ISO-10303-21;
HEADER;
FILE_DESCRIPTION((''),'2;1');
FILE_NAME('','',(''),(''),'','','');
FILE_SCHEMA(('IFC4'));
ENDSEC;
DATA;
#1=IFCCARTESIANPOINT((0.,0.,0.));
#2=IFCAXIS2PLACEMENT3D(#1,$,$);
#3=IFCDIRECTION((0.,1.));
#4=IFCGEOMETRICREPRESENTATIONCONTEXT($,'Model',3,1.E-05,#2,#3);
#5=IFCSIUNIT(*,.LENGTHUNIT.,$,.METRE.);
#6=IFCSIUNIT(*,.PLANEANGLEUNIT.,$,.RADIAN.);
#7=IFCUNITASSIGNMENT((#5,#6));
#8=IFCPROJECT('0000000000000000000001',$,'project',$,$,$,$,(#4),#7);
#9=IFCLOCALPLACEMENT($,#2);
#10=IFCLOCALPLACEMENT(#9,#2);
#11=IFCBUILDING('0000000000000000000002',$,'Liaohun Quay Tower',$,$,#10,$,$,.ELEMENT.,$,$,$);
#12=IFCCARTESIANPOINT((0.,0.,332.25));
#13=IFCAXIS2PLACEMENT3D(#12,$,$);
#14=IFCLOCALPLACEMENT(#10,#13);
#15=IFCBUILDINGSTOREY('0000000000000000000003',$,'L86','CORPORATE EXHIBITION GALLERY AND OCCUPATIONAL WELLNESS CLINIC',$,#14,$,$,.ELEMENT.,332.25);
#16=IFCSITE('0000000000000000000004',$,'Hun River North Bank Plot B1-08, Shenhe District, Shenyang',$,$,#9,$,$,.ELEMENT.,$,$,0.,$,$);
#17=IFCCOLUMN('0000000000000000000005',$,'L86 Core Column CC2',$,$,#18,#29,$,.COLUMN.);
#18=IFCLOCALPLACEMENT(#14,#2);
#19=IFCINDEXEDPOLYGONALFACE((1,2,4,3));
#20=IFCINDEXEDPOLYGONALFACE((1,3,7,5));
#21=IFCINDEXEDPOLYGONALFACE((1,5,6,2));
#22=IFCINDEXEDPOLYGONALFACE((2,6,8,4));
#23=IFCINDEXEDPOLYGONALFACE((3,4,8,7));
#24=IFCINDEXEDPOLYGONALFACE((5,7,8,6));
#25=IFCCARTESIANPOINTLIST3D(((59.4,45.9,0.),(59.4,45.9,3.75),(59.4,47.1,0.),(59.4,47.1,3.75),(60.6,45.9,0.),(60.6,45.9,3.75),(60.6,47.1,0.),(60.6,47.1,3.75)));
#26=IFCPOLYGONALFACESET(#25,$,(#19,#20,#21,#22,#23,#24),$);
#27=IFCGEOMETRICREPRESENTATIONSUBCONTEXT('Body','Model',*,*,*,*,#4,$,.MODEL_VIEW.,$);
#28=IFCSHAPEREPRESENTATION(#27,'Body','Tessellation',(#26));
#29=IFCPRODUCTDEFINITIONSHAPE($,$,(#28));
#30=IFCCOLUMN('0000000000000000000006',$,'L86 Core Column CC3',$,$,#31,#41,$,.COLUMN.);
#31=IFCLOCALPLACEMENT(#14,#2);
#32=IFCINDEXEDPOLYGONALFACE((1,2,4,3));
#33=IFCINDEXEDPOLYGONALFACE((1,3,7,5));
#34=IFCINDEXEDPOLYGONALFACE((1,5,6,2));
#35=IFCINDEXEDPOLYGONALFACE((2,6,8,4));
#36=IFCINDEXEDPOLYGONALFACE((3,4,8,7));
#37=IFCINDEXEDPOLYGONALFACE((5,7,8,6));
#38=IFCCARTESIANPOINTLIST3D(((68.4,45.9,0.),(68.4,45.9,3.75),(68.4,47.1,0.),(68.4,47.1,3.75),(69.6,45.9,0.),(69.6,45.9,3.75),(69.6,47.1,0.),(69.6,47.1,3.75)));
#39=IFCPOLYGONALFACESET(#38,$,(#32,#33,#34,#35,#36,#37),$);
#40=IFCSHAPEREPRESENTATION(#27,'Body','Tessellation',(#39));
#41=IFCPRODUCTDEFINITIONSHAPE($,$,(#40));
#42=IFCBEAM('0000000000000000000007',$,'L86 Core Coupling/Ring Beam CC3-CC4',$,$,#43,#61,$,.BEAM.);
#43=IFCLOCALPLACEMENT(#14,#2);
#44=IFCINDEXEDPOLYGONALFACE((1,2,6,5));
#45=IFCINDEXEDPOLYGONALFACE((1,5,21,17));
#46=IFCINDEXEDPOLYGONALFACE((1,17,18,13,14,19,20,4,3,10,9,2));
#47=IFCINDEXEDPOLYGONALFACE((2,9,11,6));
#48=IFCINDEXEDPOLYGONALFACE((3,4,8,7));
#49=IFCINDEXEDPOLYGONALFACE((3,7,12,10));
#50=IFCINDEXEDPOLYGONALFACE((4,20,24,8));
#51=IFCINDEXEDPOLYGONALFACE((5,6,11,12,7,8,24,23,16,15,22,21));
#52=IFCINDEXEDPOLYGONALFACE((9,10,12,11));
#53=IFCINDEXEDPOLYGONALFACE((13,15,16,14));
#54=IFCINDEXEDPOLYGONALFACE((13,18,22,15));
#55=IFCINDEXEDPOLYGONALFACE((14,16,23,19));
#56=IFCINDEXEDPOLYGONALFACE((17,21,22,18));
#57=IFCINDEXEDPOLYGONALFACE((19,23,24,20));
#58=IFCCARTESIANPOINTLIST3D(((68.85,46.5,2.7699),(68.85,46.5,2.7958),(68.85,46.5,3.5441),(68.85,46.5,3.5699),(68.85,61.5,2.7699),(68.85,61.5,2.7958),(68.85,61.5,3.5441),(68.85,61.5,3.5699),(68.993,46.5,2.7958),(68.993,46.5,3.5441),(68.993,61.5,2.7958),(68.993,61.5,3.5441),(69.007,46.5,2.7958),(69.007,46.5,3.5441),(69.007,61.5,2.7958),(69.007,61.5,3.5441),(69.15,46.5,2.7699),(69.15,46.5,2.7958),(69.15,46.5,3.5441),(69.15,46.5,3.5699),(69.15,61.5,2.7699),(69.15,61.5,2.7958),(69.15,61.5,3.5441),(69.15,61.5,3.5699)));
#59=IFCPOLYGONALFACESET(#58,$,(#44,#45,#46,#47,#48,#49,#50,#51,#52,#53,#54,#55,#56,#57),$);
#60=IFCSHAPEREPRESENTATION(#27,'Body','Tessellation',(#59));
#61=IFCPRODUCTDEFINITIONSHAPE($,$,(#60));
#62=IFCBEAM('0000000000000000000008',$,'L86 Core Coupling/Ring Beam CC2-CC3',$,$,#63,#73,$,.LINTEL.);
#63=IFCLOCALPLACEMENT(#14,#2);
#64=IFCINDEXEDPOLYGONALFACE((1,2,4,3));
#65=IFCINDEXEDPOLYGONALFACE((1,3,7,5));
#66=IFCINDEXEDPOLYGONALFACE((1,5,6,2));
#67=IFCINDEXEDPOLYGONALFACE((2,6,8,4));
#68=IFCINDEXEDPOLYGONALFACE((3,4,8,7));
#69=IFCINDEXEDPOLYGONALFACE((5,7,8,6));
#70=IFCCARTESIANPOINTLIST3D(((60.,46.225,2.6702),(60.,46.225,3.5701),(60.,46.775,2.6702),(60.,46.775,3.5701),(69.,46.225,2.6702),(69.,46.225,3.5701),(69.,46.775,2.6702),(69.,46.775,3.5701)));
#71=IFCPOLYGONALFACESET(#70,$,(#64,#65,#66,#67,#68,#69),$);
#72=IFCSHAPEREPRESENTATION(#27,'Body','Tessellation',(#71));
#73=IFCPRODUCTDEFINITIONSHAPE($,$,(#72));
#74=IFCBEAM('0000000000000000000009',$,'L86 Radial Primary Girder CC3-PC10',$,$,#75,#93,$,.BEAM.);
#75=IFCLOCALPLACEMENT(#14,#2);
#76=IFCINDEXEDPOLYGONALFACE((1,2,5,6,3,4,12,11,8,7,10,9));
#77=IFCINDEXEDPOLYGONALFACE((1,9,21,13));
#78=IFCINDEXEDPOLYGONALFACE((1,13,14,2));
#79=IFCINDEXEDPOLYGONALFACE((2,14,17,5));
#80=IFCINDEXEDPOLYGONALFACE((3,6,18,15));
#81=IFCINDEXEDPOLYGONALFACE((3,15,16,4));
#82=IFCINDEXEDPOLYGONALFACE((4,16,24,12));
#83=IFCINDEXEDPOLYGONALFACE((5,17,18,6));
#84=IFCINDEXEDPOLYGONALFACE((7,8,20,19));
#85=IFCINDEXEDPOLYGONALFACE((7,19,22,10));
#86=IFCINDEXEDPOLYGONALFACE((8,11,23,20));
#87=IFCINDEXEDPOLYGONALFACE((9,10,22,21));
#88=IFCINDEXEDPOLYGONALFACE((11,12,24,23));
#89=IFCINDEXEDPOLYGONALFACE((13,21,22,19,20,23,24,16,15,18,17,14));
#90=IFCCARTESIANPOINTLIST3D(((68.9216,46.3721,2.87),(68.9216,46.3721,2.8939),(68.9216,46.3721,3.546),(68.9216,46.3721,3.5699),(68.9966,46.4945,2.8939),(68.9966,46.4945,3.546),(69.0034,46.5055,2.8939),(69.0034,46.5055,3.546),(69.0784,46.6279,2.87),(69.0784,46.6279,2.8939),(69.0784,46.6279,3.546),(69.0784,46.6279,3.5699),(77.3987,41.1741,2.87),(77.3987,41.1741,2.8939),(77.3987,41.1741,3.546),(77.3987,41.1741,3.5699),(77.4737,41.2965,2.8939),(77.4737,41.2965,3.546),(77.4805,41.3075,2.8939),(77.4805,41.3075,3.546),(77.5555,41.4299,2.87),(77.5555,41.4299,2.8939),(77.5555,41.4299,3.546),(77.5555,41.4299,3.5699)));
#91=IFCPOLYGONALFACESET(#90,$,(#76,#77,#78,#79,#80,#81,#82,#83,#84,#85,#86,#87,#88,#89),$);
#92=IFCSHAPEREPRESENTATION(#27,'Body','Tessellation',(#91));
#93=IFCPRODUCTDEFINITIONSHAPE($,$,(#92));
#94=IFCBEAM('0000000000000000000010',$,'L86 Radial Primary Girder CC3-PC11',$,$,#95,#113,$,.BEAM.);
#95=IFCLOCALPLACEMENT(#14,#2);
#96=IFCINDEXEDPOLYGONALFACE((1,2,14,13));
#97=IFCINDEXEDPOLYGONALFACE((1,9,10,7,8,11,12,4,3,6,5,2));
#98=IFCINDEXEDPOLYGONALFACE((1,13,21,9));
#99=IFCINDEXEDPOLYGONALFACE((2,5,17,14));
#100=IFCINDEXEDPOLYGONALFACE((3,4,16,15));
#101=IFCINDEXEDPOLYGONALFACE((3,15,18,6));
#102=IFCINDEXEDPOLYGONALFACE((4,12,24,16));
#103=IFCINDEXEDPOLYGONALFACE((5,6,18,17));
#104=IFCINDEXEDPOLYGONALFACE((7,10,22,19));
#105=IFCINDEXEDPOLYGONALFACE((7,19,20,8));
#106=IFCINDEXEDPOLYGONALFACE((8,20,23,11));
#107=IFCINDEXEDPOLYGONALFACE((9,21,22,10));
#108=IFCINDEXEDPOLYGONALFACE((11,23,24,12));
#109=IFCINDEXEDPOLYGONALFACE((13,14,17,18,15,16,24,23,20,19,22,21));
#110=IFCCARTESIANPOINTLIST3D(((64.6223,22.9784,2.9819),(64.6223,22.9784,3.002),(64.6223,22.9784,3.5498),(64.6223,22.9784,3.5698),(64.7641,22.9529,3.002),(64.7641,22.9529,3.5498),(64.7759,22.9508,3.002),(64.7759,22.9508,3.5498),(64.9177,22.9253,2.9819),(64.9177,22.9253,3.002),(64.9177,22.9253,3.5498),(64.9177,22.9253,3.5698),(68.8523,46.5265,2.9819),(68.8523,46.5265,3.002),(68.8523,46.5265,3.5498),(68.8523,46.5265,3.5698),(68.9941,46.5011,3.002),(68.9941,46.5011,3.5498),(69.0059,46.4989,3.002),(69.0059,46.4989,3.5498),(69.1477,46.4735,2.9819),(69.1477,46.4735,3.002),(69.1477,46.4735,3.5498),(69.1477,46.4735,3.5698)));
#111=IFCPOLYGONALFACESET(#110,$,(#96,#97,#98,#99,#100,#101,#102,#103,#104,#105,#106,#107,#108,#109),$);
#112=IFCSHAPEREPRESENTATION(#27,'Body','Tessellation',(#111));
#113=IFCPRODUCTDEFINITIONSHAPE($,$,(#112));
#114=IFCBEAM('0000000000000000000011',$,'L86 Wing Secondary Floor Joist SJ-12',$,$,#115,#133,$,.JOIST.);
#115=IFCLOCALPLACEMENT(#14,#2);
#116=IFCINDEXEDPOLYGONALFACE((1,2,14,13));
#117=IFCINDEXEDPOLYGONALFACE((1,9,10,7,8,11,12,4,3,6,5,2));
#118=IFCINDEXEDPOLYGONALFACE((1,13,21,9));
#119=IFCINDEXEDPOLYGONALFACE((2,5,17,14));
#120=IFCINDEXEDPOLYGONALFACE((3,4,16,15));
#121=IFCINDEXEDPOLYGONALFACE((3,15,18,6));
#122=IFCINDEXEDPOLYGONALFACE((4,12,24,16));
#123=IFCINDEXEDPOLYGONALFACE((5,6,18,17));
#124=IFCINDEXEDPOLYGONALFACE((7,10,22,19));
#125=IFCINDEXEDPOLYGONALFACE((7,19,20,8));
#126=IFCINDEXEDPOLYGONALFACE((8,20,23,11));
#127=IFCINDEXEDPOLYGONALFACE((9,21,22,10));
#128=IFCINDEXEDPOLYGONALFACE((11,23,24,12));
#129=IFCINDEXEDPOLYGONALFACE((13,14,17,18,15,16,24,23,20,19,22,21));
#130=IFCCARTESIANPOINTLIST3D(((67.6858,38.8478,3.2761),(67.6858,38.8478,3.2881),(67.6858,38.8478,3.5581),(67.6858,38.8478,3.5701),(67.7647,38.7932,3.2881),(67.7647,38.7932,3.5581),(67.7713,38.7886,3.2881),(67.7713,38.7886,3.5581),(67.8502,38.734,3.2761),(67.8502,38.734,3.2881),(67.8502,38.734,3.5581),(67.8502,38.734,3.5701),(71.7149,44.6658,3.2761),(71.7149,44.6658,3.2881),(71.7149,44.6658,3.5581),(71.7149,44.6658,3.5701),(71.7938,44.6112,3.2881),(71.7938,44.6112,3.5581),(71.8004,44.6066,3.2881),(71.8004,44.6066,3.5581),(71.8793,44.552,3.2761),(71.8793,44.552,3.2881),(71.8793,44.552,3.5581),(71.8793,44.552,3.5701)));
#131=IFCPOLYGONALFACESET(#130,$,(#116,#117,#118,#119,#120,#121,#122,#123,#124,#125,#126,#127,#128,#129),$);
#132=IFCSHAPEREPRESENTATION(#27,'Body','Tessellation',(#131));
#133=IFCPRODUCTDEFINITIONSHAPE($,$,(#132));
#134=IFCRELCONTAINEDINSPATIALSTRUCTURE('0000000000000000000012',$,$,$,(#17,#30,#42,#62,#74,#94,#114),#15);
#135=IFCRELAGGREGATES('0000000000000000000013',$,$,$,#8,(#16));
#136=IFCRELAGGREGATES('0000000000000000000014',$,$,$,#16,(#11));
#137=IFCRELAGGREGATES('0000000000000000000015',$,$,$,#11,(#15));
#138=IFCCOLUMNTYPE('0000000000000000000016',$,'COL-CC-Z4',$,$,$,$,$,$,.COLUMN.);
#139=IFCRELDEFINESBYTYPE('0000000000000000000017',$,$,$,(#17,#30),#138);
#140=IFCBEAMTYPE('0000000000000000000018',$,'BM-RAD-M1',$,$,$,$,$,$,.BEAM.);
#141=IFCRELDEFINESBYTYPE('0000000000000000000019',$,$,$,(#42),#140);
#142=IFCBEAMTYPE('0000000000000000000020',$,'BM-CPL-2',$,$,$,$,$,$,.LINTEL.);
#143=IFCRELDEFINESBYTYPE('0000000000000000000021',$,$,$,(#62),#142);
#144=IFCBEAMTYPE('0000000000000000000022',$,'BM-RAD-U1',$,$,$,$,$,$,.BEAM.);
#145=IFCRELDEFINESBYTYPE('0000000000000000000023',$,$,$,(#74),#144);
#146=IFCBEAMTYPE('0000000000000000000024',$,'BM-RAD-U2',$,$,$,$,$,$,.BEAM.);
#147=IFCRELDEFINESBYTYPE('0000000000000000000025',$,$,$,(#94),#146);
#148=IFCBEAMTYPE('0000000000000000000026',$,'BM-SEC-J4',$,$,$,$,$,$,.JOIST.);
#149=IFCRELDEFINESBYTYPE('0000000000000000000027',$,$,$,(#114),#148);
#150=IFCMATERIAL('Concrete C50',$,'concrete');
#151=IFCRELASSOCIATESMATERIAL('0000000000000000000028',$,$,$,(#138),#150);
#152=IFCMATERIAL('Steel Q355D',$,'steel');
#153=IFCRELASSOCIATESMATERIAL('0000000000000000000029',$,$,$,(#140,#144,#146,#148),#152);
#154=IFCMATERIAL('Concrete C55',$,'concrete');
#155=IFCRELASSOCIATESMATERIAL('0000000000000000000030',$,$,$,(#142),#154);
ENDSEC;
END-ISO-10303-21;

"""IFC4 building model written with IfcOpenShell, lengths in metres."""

from ifc_helpers import new_model, si_unit, direction, frame, origin, origin_2d, place, context, subcontext, project, spatial, rectangle, i_section, extrude, source, transform, mapped, material, material_profile, profile_set, type_object, element, save


model = new_model("IFC4")

# Units and contexts
model_context = context("Model", 3, precision=1e-05, world=origin(), true_north=direction((0.0, 1.0)))
body_context = subcontext(model_context, "Body", "Model", "MODEL_VIEW")
ifc_project = project(units=[si_unit("LENGTHUNIT", "METRE"), si_unit("PLANEANGLEUNIT", "RADIAN")], contexts=[model_context])

# Site, building, storey
site_placement = place(None, origin())
site = spatial("IfcSite", under=ifc_project, at=site_placement, Name="Hun River North Bank Plot B1-08, Shenhe District, Shenyang", CompositionType="ELEMENT", RefElevation=0.0)
building_placement = place(site_placement, origin())
building = spatial("IfcBuilding", under=site, at=building_placement, Name="Liaohun Quay Tower", CompositionType="ELEMENT")
storey_placement = place(building_placement, frame((0.0, 0.0, 332.25)))
storey = spatial("IfcBuildingStorey", under=building, at=storey_placement, Name="L86", Description="CORPORATE EXHIBITION GALLERY AND OCCUPATIONAL WELLNESS CLINIC", CompositionType="ELEMENT", Elevation=332.25)

# Columns
ifc_material_1 = material(Name="Concrete C50", Category="concrete")
ifc_material_profile_1 = material_profile(ifc_material_1, rectangle(XDim=1.2, YDim=1.2, at=origin_2d()), Name="RC1200x1200")
ifc_profile_set_1 = profile_set([ifc_material_profile_1], Name="Concrete C50")
column_type = type_object("IfcColumnType", Name="COL-CC-Z4", PredefinedType="COLUMN", material=ifc_profile_set_1)
shared_shape_1 = source(origin(), body_context, "Body", "SweptSolid", [
    extrude(rectangle(XDim=1.2, YDim=1.2, at=origin_2d()), origin(), (0.0, 0.0, 1.0), 3.75),
])
for number, where, z_axis, x_axis, name in (
    (1, (60.0, 46.5, 0.0), (0.0, 0.0, 1.0), (1.0, 0.0, 0.0), "L86 Core Column CC2"),
    (2, (69.0, 46.5, 0.0), (0.0, 0.0, 1.0), (1.0, 0.0, 0.0), "L86 Core Column CC3"),
):
    element("IfcColumn", number, at=place(storey_placement, frame(where, z_axis=z_axis, x_axis=x_axis)), inside=storey, type_object=column_type, Name=name, PredefinedType="COLUMN", context=body_context, shape_type="MappedRepresentation", body=[
        mapped(shared_shape_1, transform((0.0, 0.0, 0.0), x_axis=(1.0, 0.0, 0.0), y_axis=(0.0, 1.0, 0.0), z_axis=(0.0, 0.0, 1.0), scale=1.0)),
    ])

# Beams
ifc_material_2 = material(Name="Steel Q355D", Category="steel")
ifc_material_profile_2 = material_profile(ifc_material_2, i_section(OverallWidth=0.3, OverallDepth=0.8, WebThickness=0.0139, FlangeThickness=0.0259, at=origin_2d()), Name="HN800x300x14x26")
ifc_profile_set_2 = profile_set([ifc_material_profile_2], Name="Steel Q355D")
beam_type_1 = type_object("IfcBeamType", Name="BM-RAD-M1", PredefinedType="BEAM", material=ifc_profile_set_2)
shared_shape_2 = source(origin(), body_context, "Body", "SweptSolid", [
    extrude(i_section(OverallWidth=0.3, OverallDepth=0.8, WebThickness=0.0139, FlangeThickness=0.0259, at=origin_2d()), origin(), (0.0, 0.0, 1.0), 15.0),
])
beam_1_placement = place(storey_placement, frame((69.0, 46.5, 3.1699), z_axis=(0.0, 1.0, 0.0), x_axis=(-1.0, 0.0, 0.0)))
element("IfcBeam", 3, at=beam_1_placement, inside=storey, type_object=beam_type_1, Name="L86 Core Coupling/Ring Beam CC3-CC4", PredefinedType="BEAM", context=body_context, shape_type="MappedRepresentation", body=[
    mapped(shared_shape_2, transform((0.0, 0.0, 0.0), x_axis=(1.0, 0.0, 0.0), y_axis=(0.0, 1.0, 0.0), z_axis=(0.0, 0.0, 1.0), scale=1.0)),
])
ifc_material_3 = material(Name="Concrete C55", Category="concrete")
ifc_material_profile_3 = material_profile(ifc_material_3, rectangle(XDim=0.55, YDim=0.8999, at=origin_2d()), Name="RC550x900")
ifc_profile_set_3 = profile_set([ifc_material_profile_3], Name="Concrete C55")
beam_type_2 = type_object("IfcBeamType", Name="BM-CPL-2", PredefinedType="LINTEL", material=ifc_profile_set_3)
shared_shape_3 = source(origin(), body_context, "Body", "SweptSolid", [
    extrude(rectangle(XDim=0.55, YDim=0.8999, at=origin_2d()), origin(), (0.0, 0.0, 1.0), 9.0),
])
beam_2_placement = place(storey_placement, frame((60.0, 46.5, 3.1201), z_axis=(1.0, 0.0, 0.0), x_axis=(0.0, 1.0, 0.0)))
element("IfcBeam", 4, at=beam_2_placement, inside=storey, type_object=beam_type_2, Name="L86 Core Coupling/Ring Beam CC2-CC3", PredefinedType="LINTEL", context=body_context, shape_type="MappedRepresentation", body=[
    mapped(shared_shape_3, transform((0.0, 0.0, 0.0), x_axis=(1.0, 0.0, 0.0), y_axis=(0.0, 1.0, 0.0), z_axis=(0.0, 0.0, 1.0), scale=1.0)),
])
ifc_material_profile_4 = material_profile(ifc_material_2, i_section(OverallWidth=0.3, OverallDepth=0.7, WebThickness=0.0129, FlangeThickness=0.0239, at=origin_2d()), Name="HN700x300x13x24")
ifc_profile_set_4 = profile_set([ifc_material_profile_4], Name="Steel Q355D")
beam_type_3 = type_object("IfcBeamType", Name="BM-RAD-U1", PredefinedType="BEAM", material=ifc_profile_set_4)
shared_shape_4 = source(origin(), body_context, "Body", "SweptSolid", [
    extrude(i_section(OverallWidth=0.3, OverallDepth=0.7, WebThickness=0.0129, FlangeThickness=0.0239, at=origin_2d()), origin(), (0.0, 0.0, 1.0), 9.9438),
])
beam_3_placement = place(storey_placement, frame((69.0, 46.5, 3.22), z_axis=(0.852494, -0.522736, 0.0), x_axis=(0.522736, 0.852494, 0.0)))
element("IfcBeam", 5, at=beam_3_placement, inside=storey, type_object=beam_type_3, Name="L86 Radial Primary Girder CC3-PC10", PredefinedType="BEAM", context=body_context, shape_type="MappedRepresentation", body=[
    mapped(shared_shape_4, transform((0.0, 0.0, 0.0), x_axis=(1.0, 0.0, 0.0), y_axis=(0.0, 1.0, 0.0), z_axis=(0.0, 0.0, 1.0), scale=1.0)),
])
ifc_material_profile_5 = material_profile(ifc_material_2, i_section(OverallWidth=0.3, OverallDepth=0.5879, WebThickness=0.012, FlangeThickness=0.02, at=origin_2d()), Name="HM588x300x12x20")
ifc_profile_set_5 = profile_set([ifc_material_profile_5], Name="Steel Q355D")
beam_type_4 = type_object("IfcBeamType", Name="BM-RAD-U2", PredefinedType="BEAM", material=ifc_profile_set_5)
shared_shape_5 = source(origin(), body_context, "Body", "SweptSolid", [
    extrude(i_section(OverallWidth=0.3, OverallDepth=0.5879, WebThickness=0.012, FlangeThickness=0.02, at=origin_2d()), origin(), (0.0, 0.0, 1.0), 23.925),
])
beam_4_placement = place(storey_placement, frame((69.0, 46.5, 3.2759), z_axis=(-0.176802, -0.984246, 0.0), x_axis=(0.984246, -0.176802, 0.0)))
element("IfcBeam", 6, at=beam_4_placement, inside=storey, type_object=beam_type_4, Name="L86 Radial Primary Girder CC3-PC11", PredefinedType="BEAM", context=body_context, shape_type="MappedRepresentation", body=[
    mapped(shared_shape_5, transform((0.0, 0.0, 0.0), x_axis=(1.0, 0.0, 0.0), y_axis=(0.0, 1.0, 0.0), z_axis=(0.0, 0.0, 1.0), scale=1.0)),
])
ifc_material_profile_6 = material_profile(ifc_material_2, i_section(OverallWidth=0.2, OverallDepth=0.2939, WebThickness=0.0081, FlangeThickness=0.012, at=origin_2d()), Name="HM294x200x8x12")
ifc_profile_set_6 = profile_set([ifc_material_profile_6], Name="Steel Q355D")
beam_type_5 = type_object("IfcBeamType", Name="BM-SEC-J4", PredefinedType="JOIST", material=ifc_profile_set_6)
shared_shape_6 = source(origin(), body_context, "Body", "SweptSolid", [
    extrude(i_section(OverallWidth=0.2, OverallDepth=0.2939, WebThickness=0.0081, FlangeThickness=0.012, at=origin_2d()), origin(), (0.0, 0.0, 1.0), 7.0769),
])
beam_5_placement = place(storey_placement, frame((71.7971, 44.6089, 3.4231), z_axis=(-0.569334, -0.822106, 0.0), x_axis=(0.822106, -0.569334, 0.0)))
element("IfcBeam", 7, at=beam_5_placement, inside=storey, type_object=beam_type_5, Name="L86 Wing Secondary Floor Joist SJ-12", PredefinedType="JOIST", context=body_context, shape_type="MappedRepresentation", body=[
    mapped(shared_shape_6, transform((0.0, 0.0, 0.0), x_axis=(1.0, 0.0, 0.0), y_axis=(0.0, 1.0, 0.0), z_axis=(0.0, 0.0, 1.0), scale=1.0)),
])

save(model, "model.ifc")
